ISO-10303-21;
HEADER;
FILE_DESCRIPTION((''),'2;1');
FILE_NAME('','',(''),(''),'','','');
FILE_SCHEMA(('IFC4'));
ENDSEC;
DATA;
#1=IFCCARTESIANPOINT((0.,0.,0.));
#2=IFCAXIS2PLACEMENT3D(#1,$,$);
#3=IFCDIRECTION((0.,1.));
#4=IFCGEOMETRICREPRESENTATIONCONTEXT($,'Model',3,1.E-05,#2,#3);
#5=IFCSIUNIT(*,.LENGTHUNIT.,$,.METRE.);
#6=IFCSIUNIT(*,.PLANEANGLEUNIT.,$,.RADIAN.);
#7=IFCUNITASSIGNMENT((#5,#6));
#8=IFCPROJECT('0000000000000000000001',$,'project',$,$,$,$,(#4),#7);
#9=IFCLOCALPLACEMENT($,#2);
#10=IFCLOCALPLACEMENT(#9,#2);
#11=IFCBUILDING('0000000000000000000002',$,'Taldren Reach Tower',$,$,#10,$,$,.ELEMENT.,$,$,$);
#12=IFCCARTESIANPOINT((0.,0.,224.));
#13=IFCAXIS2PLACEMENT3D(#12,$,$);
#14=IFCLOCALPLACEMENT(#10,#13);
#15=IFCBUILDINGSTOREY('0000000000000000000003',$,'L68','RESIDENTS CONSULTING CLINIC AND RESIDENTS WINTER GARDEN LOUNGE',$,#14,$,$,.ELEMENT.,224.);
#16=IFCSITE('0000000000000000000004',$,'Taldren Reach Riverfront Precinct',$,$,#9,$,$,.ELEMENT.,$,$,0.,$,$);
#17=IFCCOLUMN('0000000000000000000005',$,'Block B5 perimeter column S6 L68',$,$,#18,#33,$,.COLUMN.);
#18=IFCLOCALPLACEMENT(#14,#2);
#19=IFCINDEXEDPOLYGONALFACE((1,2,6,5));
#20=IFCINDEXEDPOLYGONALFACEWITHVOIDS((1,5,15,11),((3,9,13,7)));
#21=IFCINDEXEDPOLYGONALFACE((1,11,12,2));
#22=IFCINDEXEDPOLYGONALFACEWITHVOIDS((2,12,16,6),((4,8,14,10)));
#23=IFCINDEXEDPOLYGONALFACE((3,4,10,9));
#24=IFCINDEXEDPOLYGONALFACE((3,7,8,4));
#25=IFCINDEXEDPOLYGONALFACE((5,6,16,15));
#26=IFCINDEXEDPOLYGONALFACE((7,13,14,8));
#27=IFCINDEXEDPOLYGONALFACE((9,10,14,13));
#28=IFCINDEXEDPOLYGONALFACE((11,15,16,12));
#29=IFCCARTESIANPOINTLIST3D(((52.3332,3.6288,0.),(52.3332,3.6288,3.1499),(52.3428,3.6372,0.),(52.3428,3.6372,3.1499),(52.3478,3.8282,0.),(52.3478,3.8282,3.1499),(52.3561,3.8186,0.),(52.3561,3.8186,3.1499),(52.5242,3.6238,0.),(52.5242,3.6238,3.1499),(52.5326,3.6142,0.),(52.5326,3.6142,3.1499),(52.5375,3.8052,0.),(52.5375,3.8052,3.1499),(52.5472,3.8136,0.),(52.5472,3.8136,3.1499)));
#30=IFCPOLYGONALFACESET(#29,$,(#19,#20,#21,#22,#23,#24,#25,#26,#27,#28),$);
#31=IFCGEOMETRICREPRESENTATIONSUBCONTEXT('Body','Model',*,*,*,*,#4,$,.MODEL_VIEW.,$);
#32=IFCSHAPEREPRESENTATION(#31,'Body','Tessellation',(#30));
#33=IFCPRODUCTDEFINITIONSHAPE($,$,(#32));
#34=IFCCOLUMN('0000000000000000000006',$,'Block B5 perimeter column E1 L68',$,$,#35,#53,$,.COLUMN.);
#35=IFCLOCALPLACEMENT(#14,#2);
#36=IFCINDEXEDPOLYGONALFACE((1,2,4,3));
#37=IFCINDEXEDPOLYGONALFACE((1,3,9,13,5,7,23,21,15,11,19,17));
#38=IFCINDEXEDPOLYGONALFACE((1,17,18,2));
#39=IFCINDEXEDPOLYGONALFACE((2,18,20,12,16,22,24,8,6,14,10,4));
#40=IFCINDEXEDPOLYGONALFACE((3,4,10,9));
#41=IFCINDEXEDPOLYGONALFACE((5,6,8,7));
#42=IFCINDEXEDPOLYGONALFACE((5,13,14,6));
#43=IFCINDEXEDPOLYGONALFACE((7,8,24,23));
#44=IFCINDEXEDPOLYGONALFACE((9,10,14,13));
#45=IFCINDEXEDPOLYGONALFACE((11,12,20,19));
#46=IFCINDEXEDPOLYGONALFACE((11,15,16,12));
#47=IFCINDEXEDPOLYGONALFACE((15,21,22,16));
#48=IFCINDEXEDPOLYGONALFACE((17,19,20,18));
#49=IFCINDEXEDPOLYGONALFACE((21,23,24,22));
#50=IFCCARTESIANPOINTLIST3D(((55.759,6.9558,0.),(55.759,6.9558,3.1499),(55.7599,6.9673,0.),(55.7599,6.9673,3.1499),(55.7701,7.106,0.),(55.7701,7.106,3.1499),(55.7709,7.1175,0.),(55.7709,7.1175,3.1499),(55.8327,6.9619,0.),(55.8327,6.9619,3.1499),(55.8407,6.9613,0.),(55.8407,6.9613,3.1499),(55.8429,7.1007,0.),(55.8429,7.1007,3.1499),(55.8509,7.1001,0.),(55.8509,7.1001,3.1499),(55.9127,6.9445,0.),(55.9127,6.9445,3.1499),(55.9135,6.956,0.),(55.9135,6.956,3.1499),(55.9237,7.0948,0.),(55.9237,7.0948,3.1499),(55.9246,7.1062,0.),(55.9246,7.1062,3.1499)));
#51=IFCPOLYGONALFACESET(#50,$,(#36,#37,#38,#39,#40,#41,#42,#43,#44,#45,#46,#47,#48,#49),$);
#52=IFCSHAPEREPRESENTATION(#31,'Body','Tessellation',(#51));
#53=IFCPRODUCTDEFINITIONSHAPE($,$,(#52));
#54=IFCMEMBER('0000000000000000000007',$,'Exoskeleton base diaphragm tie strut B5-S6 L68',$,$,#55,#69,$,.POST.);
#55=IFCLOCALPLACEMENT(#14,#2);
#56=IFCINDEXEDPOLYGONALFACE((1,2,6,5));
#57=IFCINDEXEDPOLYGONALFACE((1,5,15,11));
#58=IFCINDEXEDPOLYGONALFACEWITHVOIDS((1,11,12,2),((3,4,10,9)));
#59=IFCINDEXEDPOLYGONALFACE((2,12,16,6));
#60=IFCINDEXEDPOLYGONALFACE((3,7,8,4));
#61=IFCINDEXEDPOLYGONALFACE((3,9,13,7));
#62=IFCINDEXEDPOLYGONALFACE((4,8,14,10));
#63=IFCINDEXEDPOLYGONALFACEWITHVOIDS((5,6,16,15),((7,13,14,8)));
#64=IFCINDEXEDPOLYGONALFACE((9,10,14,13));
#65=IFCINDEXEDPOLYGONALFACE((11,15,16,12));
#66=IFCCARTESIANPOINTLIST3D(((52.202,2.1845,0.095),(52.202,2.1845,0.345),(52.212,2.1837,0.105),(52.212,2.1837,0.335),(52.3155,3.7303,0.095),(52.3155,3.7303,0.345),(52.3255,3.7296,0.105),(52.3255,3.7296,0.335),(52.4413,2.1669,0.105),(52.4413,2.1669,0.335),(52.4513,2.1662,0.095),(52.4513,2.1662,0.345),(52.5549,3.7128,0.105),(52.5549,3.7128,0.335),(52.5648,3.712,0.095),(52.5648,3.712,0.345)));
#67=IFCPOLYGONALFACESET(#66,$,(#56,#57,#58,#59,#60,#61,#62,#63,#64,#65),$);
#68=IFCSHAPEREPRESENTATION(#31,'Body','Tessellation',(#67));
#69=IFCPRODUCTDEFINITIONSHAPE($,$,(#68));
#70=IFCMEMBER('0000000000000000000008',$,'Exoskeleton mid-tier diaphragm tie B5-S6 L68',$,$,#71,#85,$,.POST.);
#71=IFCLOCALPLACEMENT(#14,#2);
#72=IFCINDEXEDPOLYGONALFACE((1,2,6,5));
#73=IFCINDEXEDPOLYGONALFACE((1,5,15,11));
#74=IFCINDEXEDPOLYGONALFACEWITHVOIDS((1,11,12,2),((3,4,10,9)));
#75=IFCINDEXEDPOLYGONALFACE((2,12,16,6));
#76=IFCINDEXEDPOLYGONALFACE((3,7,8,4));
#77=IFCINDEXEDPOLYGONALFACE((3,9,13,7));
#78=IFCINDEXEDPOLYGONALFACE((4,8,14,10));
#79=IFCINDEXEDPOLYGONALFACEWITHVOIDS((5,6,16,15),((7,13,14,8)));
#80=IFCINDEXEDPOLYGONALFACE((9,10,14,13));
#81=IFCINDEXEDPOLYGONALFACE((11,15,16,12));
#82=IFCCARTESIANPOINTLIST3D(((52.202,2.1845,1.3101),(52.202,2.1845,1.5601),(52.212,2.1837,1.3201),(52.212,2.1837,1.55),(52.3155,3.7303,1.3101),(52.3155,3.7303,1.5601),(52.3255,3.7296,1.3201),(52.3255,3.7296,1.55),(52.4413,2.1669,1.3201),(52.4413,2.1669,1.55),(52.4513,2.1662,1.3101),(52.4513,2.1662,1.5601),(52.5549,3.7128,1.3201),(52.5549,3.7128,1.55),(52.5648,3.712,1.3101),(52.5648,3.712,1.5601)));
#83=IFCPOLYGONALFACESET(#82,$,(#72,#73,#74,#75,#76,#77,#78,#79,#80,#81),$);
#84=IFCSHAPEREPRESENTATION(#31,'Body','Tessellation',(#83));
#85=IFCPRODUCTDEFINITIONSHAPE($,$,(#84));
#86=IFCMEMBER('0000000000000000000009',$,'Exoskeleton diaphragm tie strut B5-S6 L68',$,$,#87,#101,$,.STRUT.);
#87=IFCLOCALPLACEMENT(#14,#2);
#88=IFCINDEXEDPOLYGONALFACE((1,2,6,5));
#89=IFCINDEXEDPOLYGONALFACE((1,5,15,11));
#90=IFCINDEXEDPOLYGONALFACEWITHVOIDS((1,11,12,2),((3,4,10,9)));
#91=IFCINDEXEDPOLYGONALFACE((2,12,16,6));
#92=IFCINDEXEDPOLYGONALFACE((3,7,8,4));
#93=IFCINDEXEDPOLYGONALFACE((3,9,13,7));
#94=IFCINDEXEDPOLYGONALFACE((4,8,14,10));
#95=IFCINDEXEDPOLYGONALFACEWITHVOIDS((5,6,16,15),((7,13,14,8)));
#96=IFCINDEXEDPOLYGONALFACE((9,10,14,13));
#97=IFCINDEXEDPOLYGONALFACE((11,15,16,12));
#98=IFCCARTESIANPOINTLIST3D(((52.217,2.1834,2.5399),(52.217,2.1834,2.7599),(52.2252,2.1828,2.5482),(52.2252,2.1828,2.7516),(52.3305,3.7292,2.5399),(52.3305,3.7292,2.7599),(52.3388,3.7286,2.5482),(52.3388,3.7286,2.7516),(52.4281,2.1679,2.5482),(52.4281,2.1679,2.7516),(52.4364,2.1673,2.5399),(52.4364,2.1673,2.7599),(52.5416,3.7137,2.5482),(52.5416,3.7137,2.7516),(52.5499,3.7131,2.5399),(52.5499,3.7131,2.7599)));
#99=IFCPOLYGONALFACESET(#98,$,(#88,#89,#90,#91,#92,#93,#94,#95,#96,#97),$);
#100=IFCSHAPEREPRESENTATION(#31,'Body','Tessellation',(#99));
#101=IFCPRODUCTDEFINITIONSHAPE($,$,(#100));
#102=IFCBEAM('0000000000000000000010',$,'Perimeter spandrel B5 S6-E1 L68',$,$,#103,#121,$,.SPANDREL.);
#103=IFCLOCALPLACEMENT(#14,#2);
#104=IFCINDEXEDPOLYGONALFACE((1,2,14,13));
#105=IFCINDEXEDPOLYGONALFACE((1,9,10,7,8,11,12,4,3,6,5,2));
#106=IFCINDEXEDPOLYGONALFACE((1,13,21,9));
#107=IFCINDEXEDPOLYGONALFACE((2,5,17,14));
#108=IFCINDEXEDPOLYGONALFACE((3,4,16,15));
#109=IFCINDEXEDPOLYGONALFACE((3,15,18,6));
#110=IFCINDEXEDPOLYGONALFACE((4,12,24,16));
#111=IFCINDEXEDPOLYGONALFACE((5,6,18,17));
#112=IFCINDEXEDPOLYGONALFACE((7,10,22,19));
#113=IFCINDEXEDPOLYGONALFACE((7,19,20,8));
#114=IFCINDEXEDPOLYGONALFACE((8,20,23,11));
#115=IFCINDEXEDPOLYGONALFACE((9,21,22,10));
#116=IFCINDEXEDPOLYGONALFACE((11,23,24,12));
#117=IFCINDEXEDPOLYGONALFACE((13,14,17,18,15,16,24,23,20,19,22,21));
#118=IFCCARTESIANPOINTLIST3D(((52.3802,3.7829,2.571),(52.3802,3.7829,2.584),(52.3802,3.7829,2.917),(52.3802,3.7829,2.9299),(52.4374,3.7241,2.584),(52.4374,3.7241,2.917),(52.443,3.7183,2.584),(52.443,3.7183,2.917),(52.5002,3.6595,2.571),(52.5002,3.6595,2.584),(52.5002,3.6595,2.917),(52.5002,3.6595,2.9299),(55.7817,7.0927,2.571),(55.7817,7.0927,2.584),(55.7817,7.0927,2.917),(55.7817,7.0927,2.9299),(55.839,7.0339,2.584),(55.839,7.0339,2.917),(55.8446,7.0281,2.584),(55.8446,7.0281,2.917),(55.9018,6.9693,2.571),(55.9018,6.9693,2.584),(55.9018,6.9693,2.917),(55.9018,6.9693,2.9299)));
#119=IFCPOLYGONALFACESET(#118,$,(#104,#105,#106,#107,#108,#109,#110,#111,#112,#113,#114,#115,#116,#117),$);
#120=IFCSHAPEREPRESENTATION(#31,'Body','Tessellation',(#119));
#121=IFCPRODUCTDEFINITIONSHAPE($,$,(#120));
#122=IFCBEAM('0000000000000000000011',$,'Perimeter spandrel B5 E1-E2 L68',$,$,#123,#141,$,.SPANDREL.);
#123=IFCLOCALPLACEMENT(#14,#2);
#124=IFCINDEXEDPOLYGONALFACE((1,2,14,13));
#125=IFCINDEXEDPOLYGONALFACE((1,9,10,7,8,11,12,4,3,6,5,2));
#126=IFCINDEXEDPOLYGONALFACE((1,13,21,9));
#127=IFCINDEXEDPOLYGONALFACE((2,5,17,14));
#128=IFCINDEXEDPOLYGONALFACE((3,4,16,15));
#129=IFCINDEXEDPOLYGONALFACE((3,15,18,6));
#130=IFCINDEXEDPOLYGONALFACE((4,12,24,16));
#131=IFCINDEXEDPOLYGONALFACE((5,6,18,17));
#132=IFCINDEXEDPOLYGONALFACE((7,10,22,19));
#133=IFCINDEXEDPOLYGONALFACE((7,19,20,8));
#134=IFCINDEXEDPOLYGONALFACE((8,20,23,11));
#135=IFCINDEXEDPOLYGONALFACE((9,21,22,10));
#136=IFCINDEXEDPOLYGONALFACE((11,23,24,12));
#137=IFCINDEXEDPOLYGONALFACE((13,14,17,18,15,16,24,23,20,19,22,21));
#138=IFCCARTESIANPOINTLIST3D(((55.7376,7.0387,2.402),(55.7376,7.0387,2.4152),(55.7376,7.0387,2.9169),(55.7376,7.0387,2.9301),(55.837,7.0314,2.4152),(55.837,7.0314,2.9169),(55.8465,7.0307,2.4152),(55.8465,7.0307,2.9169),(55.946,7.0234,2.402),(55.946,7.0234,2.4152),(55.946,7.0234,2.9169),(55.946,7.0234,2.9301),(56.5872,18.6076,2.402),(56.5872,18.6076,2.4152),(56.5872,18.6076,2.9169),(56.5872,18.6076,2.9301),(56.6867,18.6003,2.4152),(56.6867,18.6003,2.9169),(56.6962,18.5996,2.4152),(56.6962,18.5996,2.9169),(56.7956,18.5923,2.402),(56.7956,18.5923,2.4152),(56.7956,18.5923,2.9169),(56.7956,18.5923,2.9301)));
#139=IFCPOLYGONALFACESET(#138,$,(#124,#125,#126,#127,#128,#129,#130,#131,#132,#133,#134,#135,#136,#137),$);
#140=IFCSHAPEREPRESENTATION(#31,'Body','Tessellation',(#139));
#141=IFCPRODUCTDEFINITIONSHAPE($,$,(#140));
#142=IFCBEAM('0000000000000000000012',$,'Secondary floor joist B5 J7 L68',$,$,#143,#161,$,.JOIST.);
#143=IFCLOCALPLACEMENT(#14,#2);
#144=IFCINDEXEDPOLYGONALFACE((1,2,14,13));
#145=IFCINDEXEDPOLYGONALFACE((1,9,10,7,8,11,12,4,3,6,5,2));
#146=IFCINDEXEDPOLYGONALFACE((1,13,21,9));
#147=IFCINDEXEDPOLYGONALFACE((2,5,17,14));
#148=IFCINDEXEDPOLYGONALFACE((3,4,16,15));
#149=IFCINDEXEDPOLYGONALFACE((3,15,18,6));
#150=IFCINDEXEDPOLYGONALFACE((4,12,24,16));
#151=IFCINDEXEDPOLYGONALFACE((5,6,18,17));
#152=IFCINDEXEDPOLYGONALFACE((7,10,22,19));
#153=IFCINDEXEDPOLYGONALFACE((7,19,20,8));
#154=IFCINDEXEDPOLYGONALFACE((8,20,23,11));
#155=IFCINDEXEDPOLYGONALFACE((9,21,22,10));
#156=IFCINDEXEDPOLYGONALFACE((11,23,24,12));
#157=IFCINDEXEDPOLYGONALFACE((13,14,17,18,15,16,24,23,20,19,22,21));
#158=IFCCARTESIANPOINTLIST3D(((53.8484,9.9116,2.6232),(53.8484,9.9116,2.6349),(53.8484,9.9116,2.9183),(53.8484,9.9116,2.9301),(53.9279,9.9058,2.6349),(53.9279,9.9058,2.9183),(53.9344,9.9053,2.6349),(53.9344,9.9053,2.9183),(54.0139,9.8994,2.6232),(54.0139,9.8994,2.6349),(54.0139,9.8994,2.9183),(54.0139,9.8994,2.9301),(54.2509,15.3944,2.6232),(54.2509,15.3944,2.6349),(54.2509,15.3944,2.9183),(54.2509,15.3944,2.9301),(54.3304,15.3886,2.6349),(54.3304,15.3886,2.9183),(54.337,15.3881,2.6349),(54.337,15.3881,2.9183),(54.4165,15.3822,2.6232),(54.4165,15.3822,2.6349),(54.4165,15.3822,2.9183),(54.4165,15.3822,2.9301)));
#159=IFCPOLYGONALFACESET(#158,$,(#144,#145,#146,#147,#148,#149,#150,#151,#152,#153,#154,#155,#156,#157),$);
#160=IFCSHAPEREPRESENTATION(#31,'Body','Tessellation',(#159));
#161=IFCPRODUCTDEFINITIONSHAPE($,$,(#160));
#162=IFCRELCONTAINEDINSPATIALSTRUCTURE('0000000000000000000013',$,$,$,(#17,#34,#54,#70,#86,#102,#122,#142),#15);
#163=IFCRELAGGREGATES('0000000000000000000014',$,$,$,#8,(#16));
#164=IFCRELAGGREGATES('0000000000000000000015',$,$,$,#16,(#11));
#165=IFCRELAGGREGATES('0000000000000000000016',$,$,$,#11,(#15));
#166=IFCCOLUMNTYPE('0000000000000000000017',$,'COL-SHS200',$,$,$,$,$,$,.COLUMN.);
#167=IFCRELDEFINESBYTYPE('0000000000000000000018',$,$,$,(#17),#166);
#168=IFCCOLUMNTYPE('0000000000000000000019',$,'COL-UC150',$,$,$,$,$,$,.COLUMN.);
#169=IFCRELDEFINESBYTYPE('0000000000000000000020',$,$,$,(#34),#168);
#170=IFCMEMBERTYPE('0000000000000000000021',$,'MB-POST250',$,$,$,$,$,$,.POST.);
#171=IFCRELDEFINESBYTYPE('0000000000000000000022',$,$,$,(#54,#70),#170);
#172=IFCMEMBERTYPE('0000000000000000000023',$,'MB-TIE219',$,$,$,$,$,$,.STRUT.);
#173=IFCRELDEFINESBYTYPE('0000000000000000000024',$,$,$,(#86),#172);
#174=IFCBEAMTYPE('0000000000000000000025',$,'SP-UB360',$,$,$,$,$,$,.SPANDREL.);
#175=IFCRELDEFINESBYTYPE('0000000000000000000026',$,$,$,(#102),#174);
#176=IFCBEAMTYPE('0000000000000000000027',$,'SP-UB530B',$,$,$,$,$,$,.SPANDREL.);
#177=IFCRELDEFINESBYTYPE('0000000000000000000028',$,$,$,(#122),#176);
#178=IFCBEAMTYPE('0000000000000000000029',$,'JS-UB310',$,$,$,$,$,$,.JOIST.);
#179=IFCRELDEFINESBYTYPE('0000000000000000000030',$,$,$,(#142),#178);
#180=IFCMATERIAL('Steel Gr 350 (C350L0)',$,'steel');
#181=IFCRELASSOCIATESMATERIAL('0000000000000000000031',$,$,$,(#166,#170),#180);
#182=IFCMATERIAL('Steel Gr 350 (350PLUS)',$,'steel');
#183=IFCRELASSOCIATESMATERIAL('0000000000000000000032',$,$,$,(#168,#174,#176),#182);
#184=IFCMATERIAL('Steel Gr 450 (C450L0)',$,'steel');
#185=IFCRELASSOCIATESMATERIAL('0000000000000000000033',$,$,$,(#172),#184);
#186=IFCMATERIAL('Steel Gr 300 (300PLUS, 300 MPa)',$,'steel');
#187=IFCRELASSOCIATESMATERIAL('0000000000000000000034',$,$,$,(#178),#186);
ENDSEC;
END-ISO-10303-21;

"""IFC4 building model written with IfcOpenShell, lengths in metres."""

from ifc_helpers import new_model, si_unit, direction, frame, origin, origin_2d, place, context, subcontext, project, spatial, hollow_rectangle, i_section, extrude, source, transform, mapped, material, material_profile, profile_set, type_object, element, save


model = new_model("IFC4")

# Units and contexts
model_context = context("Model", 3, precision=1e-05, world=origin(), true_north=direction((0.0, 1.0)))
body_context = subcontext(model_context, "Body", "Model", "MODEL_VIEW")
ifc_project = project(units=[si_unit("LENGTHUNIT", "METRE"), si_unit("PLANEANGLEUNIT", "RADIAN")], contexts=[model_context])

# Site, building, storey
site_placement = place(None, origin())
site = spatial("IfcSite", under=ifc_project, at=site_placement, Name="Taldren Reach Riverfront Precinct", CompositionType="ELEMENT", RefElevation=0.0)
building_placement = place(site_placement, origin())
building = spatial("IfcBuilding", under=site, at=building_placement, Name="Taldren Reach Tower", CompositionType="ELEMENT")
storey_placement = place(building_placement, frame((0.0, 0.0, 224.0)))
storey = spatial("IfcBuildingStorey", under=building, at=storey_placement, Name="L68", Description="RESIDENTS CONSULTING CLINIC AND RESIDENTS WINTER GARDEN LOUNGE", CompositionType="ELEMENT", Elevation=224.0)

# Columns
ifc_material_1 = material(Name="Steel Gr 350 (C350L0)", Category="steel")
ifc_material_profile_1 = material_profile(ifc_material_1, hollow_rectangle(XDim=0.2, YDim=0.2, WallThickness=0.009, at=origin_2d()), Name="200x200x9.0SHS")
ifc_profile_set_1 = profile_set([ifc_material_profile_1], Name="Steel Gr 350 (C350L0)")
column_type_1 = type_object("IfcColumnType", Name="COL-SHS200", PredefinedType="COLUMN", material=ifc_profile_set_1)
shared_shape_1 = source(origin(), body_context, "Body", "SweptSolid", [
    extrude(hollow_rectangle(XDim=0.2, YDim=0.2, WallThickness=0.009, at=origin_2d()), origin(), (0.0, 0.0, 1.0), 3.1499),
])
column_1_placement = place(storey_placement, frame((52.4402, 3.7212, 0.0), z_axis=(0.0, 0.0, 1.0), x_axis=(0.997314, -0.073238, 0.0)))
element("IfcColumn", 1, at=column_1_placement, inside=storey, type_object=column_type_1, Name="Block B5 perimeter column S6 L68", PredefinedType="COLUMN", context=body_context, shape_type="MappedRepresentation", body=[
    mapped(shared_shape_1, transform((0.0, 0.0, 0.0), scale=1.0)),
])
ifc_material_2 = material(Name="Steel Gr 350 (350PLUS)", Category="steel")
ifc_material_profile_2 = material_profile(ifc_material_2, i_section(OverallWidth=0.1541, OverallDepth=0.1621, WebThickness=0.0081, FlangeThickness=0.0115, at=origin_2d()), Name="150UC37.2")
ifc_profile_set_2 = profile_set([ifc_material_profile_2], Name="Steel Gr 350 (350PLUS)")
column_type_2 = type_object("IfcColumnType", Name="COL-UC150", PredefinedType="COLUMN", material=ifc_profile_set_2)
shared_shape_2 = source(origin(), body_context, "Body", "SweptSolid", [
    extrude(i_section(OverallWidth=0.1541, OverallDepth=0.1621, WebThickness=0.0081, FlangeThickness=0.0115, at=origin_2d()), origin(), (0.0, 0.0, 1.0), 3.1499),
])
column_2_placement = place(storey_placement, frame((55.8418, 7.031, 0.0), z_axis=(0.0, 0.0, 1.0), x_axis=(0.997314, -0.073238, 0.0)))
element("IfcColumn", 2, at=column_2_placement, inside=storey, type_object=column_type_2, Name="Block B5 perimeter column E1 L68", PredefinedType="COLUMN", context=body_context, shape_type="MappedRepresentation", body=[
    mapped(shared_shape_2, transform((0.0, 0.0, 0.0), scale=1.0)),
])

# Members
ifc_material_profile_3 = material_profile(ifc_material_1, hollow_rectangle(XDim=0.25, YDim=0.25, WallThickness=0.01, at=origin_2d()), Name="250x250x10.0SHS")
ifc_profile_set_3 = profile_set([ifc_material_profile_3], Name="Steel Gr 350 (C350L0)")
member_type_1 = type_object("IfcMemberType", Name="MB-POST250", PredefinedType="POST", material=ifc_profile_set_3)
shared_shape_3 = source(origin(), body_context, "Body", "SweptSolid", [
    extrude(hollow_rectangle(XDim=0.25, YDim=0.25, WallThickness=0.01, at=origin_2d()), origin(), (0.0, 0.0, 1.0), 1.55),
])
for number, where, z_axis, x_axis, name in (
    (3, (52.4402, 3.7212, 0.22), (-0.073239, -0.997314, 0.0), (0.997314, -0.073239, 0.0), "Exoskeleton base diaphragm tie strut B5-S6 L68"),
    (4, (52.4402, 3.7212, 1.4351), (-0.073239, -0.997314, 0.0), (0.997314, -0.073239, 0.0), "Exoskeleton mid-tier diaphragm tie B5-S6 L68"),
):
    element("IfcMember", number, at=place(storey_placement, frame(where, z_axis=z_axis, x_axis=x_axis)), inside=storey, type_object=member_type_1, Name=name, PredefinedType="POST", context=body_context, shape_type="MappedRepresentation", body=[
        mapped(shared_shape_3, transform((0.0, 0.0, 0.0), scale=1.0)),
    ])
ifc_material_3 = material(Name="Steel Gr 450 (C450L0)", Category="steel")
ifc_material_profile_4 = material_profile(ifc_material_3, hollow_rectangle(XDim=0.22, YDim=0.22, WallThickness=0.0083, at=origin_2d()), Name="220x220x8.2SHS")
ifc_profile_set_4 = profile_set([ifc_material_profile_4], Name="Steel Gr 450 (C450L0)")
member_type_2 = type_object("IfcMemberType", Name="MB-TIE219", PredefinedType="STRUT", material=ifc_profile_set_4)
shared_shape_4 = source(origin(), body_context, "Body", "SweptSolid", [
    extrude(hollow_rectangle(XDim=0.22, YDim=0.22, WallThickness=0.0083, at=origin_2d()), origin(), (0.0, 0.0, 1.0), 1.55),
])
member_1_placement = place(storey_placement, frame((52.4402, 3.7212, 2.6499), z_axis=(-0.073239, -0.997314, 0.0), x_axis=(0.997314, -0.073239, 0.0)))
element("IfcMember", 5, at=member_1_placement, inside=storey, type_object=member_type_2, Name="Exoskeleton diaphragm tie strut B5-S6 L68", PredefinedType="STRUT", context=body_context, shape_type="MappedRepresentation", body=[
    mapped(shared_shape_4, transform((0.0, 0.0, 0.0), scale=1.0)),
])

# Beams
ifc_material_profile_5 = material_profile(ifc_material_2, i_section(OverallWidth=0.1721, OverallDepth=0.3589, WebThickness=0.0081, FlangeThickness=0.0129, at=origin_2d()), Name="360UB56.7")
ifc_profile_set_5 = profile_set([ifc_material_profile_5], Name="Steel Gr 350 (350PLUS)")
beam_type_1 = type_object("IfcBeamType", Name="SP-UB360", PredefinedType="SPANDREL", material=ifc_profile_set_5)
shared_shape_5 = source(origin(), body_context, "Body", "SweptSolid", [
    extrude(i_section(OverallWidth=0.1721, OverallDepth=0.3589, WebThickness=0.0081, FlangeThickness=0.0129, at=origin_2d()), origin(), (0.0, 0.0, 1.0), 4.7461),
])
beam_1_placement = place(storey_placement, frame((52.4402, 3.7212, 2.7505), z_axis=(0.716711, 0.69737, 0.0), x_axis=(-0.69737, 0.716711, 0.0)))
element("IfcBeam", 6, at=beam_1_placement, inside=storey, type_object=beam_type_1, Name="Perimeter spandrel B5 S6-E1 L68", PredefinedType="SPANDREL", context=body_context, shape_type="MappedRepresentation", body=[
    mapped(shared_shape_5, transform((0.0, 0.0, 0.0), scale=1.0)),
])
ifc_material_profile_6 = material_profile(ifc_material_2, i_section(OverallWidth=0.209, OverallDepth=0.5281, WebThickness=0.0095, FlangeThickness=0.0132, at=origin_2d()), Name="530UB82.0")
ifc_profile_set_6 = profile_set([ifc_material_profile_6], Name="Steel Gr 350 (350PLUS)")
beam_type_2 = type_object("IfcBeamType", Name="SP-UB530B", PredefinedType="SPANDREL", material=ifc_profile_set_6)
shared_shape_6 = source(origin(), body_context, "Body", "SweptSolid", [
    extrude(i_section(OverallWidth=0.209, OverallDepth=0.5281, WebThickness=0.0095, FlangeThickness=0.0132, at=origin_2d()), origin(), (0.0, 0.0, 1.0), 11.6001),
])
beam_2_placement = place(storey_placement, frame((55.8418, 7.031, 2.666), z_axis=(0.073242, 0.997314, 0.0), x_axis=(-0.997314, 0.073242, 0.0)))
element("IfcBeam", 7, at=beam_2_placement, inside=storey, type_object=beam_type_2, Name="Perimeter spandrel B5 E1-E2 L68", PredefinedType="SPANDREL", context=body_context, shape_type="MappedRepresentation", body=[
    mapped(shared_shape_6, transform((0.0, 0.0, 0.0), scale=1.0)),
])
ifc_material_4 = material(Name="Steel Gr 300 (300PLUS, 300 MPa)", Category="steel")
ifc_material_profile_7 = material_profile(ifc_material_4, i_section(OverallWidth=0.166, OverallDepth=0.3069, WebThickness=0.0066, FlangeThickness=0.0117, at=origin_2d()), Name="310UB46.2")
ifc_profile_set_7 = profile_set([ifc_material_profile_7], Name="Steel Gr 300 (300PLUS, 300 MPa)")
beam_type_3 = type_object("IfcBeamType", Name="JS-UB310", PredefinedType="JOIST", material=ifc_profile_set_7)
shared_shape_7 = source(origin(), body_context, "Body", "SweptSolid", [
    extrude(i_section(OverallWidth=0.166, OverallDepth=0.3069, WebThickness=0.0066, FlangeThickness=0.0117, at=origin_2d()), origin(), (0.0, 0.0, 1.0), 5.4976),
])
beam_3_placement = place(storey_placement, frame((53.9312, 9.9055, 2.7766), z_axis=(0.073229, 0.997315, 0.0), x_axis=(-0.997315, 0.073229, 0.0)))
element("IfcBeam", 8, at=beam_3_placement, inside=storey, type_object=beam_type_3, Name="Secondary floor joist B5 J7 L68", PredefinedType="JOIST", context=body_context, shape_type="MappedRepresentation", body=[
    mapped(shared_shape_7, transform((0.0, 0.0, 0.0), scale=1.0)),
])

save(model, "model.ifc")
